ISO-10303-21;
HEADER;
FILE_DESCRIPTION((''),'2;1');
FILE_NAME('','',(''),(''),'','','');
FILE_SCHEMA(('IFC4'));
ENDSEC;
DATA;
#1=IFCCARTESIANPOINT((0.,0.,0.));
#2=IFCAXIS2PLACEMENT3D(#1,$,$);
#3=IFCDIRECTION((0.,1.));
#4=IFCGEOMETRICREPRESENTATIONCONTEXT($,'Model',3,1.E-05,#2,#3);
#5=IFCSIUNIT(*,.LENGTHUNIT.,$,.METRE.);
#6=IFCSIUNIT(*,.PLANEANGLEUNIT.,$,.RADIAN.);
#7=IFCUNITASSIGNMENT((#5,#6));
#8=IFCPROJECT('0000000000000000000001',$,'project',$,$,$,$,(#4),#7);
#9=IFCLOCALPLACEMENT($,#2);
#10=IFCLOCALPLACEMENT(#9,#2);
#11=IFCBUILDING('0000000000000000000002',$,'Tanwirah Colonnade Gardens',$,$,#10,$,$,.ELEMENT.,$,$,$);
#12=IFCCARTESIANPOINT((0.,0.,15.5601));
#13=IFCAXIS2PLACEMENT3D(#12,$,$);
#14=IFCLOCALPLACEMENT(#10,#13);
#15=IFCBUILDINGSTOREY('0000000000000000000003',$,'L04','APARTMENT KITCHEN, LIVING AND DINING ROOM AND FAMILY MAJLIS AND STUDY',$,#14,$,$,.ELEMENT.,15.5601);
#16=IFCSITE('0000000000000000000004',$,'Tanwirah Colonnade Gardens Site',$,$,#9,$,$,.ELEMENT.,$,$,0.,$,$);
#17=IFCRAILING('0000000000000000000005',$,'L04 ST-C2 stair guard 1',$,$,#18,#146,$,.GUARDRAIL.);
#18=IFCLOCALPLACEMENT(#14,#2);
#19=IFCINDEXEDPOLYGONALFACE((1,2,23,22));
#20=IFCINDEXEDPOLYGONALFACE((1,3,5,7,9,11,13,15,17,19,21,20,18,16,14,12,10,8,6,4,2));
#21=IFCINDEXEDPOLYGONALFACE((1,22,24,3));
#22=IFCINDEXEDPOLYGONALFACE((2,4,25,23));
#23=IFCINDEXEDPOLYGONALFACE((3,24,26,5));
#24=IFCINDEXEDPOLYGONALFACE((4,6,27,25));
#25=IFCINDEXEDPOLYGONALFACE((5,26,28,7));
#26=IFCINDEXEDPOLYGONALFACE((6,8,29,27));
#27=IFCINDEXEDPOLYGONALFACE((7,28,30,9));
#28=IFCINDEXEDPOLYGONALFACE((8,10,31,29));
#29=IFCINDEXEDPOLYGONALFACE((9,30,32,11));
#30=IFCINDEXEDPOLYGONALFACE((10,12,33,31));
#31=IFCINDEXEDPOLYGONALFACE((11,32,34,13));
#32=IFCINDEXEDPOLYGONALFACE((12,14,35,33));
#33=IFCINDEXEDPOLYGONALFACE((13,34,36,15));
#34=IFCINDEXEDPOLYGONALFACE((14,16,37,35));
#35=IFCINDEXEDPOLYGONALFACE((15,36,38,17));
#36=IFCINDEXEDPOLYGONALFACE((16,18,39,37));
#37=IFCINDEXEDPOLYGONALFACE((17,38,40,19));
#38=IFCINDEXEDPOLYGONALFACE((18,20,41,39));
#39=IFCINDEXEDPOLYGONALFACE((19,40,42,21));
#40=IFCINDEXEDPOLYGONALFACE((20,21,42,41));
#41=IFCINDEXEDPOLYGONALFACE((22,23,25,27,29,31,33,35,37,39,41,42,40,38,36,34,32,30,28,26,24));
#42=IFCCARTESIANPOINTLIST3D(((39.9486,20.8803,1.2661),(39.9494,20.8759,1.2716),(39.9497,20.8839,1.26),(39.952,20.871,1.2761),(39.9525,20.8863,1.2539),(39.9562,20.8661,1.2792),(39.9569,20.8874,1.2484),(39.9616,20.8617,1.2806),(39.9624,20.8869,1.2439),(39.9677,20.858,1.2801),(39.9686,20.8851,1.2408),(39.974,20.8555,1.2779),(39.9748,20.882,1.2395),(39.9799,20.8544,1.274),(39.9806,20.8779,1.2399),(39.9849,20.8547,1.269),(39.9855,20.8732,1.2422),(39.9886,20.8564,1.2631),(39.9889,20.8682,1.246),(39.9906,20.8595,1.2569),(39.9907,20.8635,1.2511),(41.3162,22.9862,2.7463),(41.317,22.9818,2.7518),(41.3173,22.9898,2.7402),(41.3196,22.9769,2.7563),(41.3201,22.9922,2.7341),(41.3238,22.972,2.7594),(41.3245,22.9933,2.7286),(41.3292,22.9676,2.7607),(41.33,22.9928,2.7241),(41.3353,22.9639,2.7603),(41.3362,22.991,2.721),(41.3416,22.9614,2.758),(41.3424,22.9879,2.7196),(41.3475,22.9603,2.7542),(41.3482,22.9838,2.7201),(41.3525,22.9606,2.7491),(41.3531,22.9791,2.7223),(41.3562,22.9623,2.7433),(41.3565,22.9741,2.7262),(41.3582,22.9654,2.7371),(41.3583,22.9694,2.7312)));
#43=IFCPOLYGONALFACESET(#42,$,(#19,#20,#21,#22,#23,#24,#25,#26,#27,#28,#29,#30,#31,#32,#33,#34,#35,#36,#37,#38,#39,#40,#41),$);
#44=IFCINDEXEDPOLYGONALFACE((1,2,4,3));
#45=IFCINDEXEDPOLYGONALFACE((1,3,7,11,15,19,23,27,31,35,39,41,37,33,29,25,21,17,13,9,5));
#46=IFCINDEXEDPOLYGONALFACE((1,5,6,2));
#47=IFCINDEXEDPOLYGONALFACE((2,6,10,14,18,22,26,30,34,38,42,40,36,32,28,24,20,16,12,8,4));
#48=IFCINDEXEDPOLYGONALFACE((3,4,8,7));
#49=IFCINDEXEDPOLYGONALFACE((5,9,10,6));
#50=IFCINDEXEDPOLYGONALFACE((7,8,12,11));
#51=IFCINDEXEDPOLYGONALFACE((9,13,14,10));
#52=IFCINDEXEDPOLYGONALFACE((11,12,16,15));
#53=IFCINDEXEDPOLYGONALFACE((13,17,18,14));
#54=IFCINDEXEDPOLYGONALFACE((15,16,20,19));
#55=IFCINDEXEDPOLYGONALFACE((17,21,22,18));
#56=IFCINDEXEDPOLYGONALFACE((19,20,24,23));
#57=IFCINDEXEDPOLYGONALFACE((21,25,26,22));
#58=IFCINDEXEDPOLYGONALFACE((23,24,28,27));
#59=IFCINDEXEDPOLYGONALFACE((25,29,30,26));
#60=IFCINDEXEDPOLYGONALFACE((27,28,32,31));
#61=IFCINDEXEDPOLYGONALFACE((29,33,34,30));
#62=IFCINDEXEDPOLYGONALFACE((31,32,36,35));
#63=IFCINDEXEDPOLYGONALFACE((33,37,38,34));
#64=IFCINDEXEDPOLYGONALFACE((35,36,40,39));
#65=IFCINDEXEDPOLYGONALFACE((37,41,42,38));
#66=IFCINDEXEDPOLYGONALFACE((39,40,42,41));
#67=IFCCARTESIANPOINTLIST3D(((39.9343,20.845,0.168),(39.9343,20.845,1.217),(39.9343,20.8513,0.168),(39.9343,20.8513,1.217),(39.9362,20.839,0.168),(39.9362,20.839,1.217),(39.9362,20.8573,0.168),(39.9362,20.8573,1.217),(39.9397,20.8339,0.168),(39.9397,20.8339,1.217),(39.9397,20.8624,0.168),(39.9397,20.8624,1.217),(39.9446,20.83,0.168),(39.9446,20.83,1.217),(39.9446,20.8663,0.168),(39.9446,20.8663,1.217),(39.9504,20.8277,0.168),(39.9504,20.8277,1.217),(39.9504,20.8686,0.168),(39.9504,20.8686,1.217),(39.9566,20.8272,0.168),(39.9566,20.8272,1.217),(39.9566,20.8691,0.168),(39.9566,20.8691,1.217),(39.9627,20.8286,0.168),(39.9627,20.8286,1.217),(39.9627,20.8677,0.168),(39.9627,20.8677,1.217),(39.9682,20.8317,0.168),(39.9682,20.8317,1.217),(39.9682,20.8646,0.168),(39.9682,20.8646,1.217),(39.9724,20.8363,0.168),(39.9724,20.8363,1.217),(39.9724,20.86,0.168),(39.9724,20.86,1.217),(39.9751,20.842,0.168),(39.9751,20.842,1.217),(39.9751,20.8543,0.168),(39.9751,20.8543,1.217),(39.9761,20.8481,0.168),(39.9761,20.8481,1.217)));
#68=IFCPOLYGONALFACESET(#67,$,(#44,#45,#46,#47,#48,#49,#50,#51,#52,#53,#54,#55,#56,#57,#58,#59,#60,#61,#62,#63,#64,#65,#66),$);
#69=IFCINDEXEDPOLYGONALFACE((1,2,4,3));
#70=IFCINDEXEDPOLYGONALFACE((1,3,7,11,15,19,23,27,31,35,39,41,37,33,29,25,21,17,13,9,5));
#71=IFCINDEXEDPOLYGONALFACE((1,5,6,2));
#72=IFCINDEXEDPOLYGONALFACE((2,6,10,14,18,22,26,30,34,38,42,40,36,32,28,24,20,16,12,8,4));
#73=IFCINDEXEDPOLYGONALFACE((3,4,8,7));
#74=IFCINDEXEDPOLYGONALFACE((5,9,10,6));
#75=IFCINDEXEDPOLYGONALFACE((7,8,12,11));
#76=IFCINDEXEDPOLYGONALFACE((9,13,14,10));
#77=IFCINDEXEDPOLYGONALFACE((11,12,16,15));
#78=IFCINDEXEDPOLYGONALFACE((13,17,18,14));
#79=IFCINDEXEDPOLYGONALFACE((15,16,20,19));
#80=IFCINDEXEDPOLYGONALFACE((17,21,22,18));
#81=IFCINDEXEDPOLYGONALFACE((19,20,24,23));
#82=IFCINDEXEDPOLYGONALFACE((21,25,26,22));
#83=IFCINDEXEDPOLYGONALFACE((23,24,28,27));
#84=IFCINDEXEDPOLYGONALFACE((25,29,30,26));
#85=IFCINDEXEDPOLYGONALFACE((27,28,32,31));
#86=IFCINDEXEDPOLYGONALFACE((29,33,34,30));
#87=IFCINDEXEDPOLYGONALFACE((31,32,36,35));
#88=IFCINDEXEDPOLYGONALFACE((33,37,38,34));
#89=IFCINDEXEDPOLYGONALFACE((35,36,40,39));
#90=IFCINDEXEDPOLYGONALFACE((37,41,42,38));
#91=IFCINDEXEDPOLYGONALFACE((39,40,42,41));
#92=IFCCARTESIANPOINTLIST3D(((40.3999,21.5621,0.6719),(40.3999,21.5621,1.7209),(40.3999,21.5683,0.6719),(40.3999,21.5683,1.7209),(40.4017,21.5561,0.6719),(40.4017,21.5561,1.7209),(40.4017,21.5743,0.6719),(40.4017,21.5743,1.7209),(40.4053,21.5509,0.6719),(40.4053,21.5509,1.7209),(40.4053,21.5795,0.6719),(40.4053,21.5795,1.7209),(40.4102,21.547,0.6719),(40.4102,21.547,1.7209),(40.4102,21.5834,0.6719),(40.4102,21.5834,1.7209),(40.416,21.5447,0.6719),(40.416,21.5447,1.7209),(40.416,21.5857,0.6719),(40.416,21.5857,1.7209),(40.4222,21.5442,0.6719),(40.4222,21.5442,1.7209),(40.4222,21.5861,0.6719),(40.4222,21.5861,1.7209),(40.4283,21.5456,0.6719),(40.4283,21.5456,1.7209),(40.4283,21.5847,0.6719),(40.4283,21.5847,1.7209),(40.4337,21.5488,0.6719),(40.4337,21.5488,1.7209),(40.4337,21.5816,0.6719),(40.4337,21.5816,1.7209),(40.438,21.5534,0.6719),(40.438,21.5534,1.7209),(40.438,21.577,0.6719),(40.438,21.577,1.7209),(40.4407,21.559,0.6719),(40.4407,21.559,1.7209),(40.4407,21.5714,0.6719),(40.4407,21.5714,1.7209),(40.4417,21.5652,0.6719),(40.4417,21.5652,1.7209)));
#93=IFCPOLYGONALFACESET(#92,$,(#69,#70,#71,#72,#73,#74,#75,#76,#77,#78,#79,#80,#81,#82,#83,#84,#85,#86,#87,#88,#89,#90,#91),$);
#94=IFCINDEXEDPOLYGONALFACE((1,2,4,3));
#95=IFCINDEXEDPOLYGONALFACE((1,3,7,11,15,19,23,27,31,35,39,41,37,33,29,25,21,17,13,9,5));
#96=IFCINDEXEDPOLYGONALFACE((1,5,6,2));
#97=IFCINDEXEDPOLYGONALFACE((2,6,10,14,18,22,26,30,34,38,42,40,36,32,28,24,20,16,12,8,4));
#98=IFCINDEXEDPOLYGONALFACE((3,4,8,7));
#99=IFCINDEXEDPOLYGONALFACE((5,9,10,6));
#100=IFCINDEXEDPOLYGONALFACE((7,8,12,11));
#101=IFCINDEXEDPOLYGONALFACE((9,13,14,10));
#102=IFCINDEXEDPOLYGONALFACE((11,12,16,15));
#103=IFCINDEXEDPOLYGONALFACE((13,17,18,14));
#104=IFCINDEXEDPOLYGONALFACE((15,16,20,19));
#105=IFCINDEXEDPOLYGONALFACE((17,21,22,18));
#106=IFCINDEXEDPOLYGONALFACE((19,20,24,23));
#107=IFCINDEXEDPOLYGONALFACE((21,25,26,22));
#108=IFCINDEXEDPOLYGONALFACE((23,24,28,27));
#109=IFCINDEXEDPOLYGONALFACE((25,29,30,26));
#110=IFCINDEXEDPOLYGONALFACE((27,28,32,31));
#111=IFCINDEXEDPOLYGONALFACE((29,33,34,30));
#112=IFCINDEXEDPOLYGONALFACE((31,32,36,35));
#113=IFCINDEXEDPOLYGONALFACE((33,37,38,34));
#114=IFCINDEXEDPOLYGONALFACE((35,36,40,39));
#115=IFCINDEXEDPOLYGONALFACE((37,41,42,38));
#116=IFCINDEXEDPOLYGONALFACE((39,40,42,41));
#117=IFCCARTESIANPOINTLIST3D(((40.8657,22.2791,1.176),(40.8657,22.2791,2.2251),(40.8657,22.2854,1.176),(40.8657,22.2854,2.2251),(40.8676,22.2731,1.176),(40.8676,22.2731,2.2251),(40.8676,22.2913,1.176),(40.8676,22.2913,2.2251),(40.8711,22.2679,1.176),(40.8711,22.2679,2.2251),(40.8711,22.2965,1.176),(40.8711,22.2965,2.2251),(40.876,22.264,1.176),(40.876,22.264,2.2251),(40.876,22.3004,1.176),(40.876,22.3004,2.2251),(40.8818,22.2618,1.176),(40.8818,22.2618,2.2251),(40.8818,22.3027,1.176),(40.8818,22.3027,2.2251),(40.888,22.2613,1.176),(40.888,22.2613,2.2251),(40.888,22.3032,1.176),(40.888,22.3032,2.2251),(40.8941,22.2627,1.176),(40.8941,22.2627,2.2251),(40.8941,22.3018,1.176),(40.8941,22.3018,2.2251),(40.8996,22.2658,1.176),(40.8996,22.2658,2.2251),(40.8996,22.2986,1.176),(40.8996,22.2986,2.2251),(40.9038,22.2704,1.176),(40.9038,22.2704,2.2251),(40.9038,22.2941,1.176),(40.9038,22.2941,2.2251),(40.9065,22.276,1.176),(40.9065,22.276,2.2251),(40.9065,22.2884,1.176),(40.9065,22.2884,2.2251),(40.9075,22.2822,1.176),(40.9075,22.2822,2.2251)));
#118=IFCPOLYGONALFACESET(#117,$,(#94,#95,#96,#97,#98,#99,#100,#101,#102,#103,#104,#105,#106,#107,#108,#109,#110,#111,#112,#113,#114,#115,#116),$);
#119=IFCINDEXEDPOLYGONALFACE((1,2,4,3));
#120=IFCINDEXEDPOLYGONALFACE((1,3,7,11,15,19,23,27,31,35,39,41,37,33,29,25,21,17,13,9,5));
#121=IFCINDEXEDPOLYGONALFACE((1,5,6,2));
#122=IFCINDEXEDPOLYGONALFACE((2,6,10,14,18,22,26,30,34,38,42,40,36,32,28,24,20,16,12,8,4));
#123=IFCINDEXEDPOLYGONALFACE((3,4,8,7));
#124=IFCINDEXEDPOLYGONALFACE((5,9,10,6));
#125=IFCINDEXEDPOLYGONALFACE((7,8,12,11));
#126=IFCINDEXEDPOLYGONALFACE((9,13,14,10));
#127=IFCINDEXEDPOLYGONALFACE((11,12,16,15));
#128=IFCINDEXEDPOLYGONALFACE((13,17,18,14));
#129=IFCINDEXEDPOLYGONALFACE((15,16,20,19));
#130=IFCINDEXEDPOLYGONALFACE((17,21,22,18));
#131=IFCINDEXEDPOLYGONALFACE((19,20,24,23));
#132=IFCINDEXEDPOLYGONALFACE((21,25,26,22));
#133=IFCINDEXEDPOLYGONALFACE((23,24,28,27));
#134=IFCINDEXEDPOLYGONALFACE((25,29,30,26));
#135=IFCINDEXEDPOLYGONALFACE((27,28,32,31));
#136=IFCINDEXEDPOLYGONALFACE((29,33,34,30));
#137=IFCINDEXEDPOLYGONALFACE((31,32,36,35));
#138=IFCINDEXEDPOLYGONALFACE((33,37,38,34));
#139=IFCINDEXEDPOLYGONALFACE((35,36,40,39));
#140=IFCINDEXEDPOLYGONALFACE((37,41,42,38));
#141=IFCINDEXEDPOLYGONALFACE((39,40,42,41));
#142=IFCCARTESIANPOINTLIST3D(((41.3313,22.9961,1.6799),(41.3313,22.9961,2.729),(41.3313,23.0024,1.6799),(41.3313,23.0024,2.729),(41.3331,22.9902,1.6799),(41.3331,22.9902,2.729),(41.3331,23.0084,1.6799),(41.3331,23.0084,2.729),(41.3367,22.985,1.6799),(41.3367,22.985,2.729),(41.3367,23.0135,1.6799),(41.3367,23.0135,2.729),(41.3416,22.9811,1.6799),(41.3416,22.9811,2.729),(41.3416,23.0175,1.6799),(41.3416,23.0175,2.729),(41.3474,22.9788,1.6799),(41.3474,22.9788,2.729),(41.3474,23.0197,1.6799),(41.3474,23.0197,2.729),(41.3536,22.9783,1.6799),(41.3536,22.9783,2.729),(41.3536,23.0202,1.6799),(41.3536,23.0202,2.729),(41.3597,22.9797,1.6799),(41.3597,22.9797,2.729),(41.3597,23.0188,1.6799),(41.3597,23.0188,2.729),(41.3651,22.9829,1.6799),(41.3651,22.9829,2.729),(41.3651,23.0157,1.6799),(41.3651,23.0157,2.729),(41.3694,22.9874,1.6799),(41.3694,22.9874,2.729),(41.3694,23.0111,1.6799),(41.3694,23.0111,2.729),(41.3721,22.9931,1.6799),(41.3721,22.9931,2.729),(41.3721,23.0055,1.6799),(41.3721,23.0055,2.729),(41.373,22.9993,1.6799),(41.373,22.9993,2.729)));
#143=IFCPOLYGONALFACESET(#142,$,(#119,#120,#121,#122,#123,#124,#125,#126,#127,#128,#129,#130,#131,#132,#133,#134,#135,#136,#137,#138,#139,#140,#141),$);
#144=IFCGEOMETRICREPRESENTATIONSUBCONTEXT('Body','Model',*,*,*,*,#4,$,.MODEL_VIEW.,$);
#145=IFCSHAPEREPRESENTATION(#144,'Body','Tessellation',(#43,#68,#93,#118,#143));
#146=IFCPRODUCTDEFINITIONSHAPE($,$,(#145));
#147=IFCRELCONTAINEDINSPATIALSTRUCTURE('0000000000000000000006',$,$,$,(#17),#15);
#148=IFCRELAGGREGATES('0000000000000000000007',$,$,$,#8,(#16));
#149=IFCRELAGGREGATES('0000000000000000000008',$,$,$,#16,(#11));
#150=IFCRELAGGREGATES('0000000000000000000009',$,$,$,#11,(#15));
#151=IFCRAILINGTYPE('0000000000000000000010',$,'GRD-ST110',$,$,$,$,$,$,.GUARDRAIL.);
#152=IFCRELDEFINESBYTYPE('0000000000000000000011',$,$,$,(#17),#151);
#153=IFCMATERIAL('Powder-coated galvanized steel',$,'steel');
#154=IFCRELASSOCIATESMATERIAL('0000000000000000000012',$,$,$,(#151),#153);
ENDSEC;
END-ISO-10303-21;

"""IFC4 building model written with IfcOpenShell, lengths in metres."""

from ifc_helpers import new_model, si_unit, direction, frame, origin, origin_2d, place, context, subcontext, project, spatial, circle, extrude, material, type_object, element, save


model = new_model("IFC4")

# Units and contexts
model_context = context("Model", 3, precision=1e-05, world=origin(), true_north=direction((0.0, 1.0)))
body_context = subcontext(model_context, "Body", "Model", "MODEL_VIEW")
ifc_project = project(units=[si_unit("LENGTHUNIT", "METRE"), si_unit("PLANEANGLEUNIT", "RADIAN")], contexts=[model_context])

# Site, building, storey
site_placement = place(None, origin())
site = spatial("IfcSite", under=ifc_project, at=site_placement, Name="Tanwirah Colonnade Gardens Site", CompositionType="ELEMENT", RefElevation=0.0)
building_placement = place(site_placement, origin())
building = spatial("IfcBuilding", under=site, at=building_placement, Name="Tanwirah Colonnade Gardens", CompositionType="ELEMENT")
storey_placement = place(building_placement, frame((0.0, 0.0, 15.5601)))
storey = spatial("IfcBuildingStorey", under=building, at=storey_placement, Name="L04", Description="APARTMENT KITCHEN, LIVING AND DINING ROOM AND FAMILY MAJLIS AND STUDY", CompositionType="ELEMENT", Elevation=15.5601)

# Railing
ifc_material_1 = material(Name="Powder-coated galvanized steel", Category="steel")
railing_type_1 = type_object("IfcRailingType", Name="GRD-ST110", PredefinedType="GUARDRAIL", material=ifc_material_1)
railing_1_placement = place(storey_placement, frame((39.9551, 20.8481, 0.168)))
element("IfcRailing", 1, at=railing_1_placement, inside=storey, type_object=railing_type_1, Name="L04 ST-C2 stair guard 1", PredefinedType="GUARDRAIL", context=body_context, shape_type="SweptSolid", body=[
    extrude(circle(Radius=0.0239, at=origin_2d()), frame((0.0146, 0.0227, 1.092), z_axis=(0.469193, 0.722484, 0.507814), x_axis=(-0.838668, 0.544644, 0.0)), (0.0, 0.0, 1.0), 2.9148),
    extrude(circle(Radius=0.021, at=origin_2d()), origin(), (0.0, 0.0, 1.0), 1.0491),
    extrude(circle(Radius=0.021, at=origin_2d()), frame((0.4656, 0.717, 0.5039)), (0.0, 0.0, 1.0), 1.0491),
    extrude(circle(Radius=0.021, at=origin_2d()), frame((0.9314, 1.4341, 1.0081)), (0.0, 0.0, 1.0), 1.0491),
    extrude(circle(Radius=0.021, at=origin_2d()), frame((1.397, 2.1511, 1.512)), (0.0, 0.0, 1.0), 1.0491),
])

save(model, "model.ifc")
